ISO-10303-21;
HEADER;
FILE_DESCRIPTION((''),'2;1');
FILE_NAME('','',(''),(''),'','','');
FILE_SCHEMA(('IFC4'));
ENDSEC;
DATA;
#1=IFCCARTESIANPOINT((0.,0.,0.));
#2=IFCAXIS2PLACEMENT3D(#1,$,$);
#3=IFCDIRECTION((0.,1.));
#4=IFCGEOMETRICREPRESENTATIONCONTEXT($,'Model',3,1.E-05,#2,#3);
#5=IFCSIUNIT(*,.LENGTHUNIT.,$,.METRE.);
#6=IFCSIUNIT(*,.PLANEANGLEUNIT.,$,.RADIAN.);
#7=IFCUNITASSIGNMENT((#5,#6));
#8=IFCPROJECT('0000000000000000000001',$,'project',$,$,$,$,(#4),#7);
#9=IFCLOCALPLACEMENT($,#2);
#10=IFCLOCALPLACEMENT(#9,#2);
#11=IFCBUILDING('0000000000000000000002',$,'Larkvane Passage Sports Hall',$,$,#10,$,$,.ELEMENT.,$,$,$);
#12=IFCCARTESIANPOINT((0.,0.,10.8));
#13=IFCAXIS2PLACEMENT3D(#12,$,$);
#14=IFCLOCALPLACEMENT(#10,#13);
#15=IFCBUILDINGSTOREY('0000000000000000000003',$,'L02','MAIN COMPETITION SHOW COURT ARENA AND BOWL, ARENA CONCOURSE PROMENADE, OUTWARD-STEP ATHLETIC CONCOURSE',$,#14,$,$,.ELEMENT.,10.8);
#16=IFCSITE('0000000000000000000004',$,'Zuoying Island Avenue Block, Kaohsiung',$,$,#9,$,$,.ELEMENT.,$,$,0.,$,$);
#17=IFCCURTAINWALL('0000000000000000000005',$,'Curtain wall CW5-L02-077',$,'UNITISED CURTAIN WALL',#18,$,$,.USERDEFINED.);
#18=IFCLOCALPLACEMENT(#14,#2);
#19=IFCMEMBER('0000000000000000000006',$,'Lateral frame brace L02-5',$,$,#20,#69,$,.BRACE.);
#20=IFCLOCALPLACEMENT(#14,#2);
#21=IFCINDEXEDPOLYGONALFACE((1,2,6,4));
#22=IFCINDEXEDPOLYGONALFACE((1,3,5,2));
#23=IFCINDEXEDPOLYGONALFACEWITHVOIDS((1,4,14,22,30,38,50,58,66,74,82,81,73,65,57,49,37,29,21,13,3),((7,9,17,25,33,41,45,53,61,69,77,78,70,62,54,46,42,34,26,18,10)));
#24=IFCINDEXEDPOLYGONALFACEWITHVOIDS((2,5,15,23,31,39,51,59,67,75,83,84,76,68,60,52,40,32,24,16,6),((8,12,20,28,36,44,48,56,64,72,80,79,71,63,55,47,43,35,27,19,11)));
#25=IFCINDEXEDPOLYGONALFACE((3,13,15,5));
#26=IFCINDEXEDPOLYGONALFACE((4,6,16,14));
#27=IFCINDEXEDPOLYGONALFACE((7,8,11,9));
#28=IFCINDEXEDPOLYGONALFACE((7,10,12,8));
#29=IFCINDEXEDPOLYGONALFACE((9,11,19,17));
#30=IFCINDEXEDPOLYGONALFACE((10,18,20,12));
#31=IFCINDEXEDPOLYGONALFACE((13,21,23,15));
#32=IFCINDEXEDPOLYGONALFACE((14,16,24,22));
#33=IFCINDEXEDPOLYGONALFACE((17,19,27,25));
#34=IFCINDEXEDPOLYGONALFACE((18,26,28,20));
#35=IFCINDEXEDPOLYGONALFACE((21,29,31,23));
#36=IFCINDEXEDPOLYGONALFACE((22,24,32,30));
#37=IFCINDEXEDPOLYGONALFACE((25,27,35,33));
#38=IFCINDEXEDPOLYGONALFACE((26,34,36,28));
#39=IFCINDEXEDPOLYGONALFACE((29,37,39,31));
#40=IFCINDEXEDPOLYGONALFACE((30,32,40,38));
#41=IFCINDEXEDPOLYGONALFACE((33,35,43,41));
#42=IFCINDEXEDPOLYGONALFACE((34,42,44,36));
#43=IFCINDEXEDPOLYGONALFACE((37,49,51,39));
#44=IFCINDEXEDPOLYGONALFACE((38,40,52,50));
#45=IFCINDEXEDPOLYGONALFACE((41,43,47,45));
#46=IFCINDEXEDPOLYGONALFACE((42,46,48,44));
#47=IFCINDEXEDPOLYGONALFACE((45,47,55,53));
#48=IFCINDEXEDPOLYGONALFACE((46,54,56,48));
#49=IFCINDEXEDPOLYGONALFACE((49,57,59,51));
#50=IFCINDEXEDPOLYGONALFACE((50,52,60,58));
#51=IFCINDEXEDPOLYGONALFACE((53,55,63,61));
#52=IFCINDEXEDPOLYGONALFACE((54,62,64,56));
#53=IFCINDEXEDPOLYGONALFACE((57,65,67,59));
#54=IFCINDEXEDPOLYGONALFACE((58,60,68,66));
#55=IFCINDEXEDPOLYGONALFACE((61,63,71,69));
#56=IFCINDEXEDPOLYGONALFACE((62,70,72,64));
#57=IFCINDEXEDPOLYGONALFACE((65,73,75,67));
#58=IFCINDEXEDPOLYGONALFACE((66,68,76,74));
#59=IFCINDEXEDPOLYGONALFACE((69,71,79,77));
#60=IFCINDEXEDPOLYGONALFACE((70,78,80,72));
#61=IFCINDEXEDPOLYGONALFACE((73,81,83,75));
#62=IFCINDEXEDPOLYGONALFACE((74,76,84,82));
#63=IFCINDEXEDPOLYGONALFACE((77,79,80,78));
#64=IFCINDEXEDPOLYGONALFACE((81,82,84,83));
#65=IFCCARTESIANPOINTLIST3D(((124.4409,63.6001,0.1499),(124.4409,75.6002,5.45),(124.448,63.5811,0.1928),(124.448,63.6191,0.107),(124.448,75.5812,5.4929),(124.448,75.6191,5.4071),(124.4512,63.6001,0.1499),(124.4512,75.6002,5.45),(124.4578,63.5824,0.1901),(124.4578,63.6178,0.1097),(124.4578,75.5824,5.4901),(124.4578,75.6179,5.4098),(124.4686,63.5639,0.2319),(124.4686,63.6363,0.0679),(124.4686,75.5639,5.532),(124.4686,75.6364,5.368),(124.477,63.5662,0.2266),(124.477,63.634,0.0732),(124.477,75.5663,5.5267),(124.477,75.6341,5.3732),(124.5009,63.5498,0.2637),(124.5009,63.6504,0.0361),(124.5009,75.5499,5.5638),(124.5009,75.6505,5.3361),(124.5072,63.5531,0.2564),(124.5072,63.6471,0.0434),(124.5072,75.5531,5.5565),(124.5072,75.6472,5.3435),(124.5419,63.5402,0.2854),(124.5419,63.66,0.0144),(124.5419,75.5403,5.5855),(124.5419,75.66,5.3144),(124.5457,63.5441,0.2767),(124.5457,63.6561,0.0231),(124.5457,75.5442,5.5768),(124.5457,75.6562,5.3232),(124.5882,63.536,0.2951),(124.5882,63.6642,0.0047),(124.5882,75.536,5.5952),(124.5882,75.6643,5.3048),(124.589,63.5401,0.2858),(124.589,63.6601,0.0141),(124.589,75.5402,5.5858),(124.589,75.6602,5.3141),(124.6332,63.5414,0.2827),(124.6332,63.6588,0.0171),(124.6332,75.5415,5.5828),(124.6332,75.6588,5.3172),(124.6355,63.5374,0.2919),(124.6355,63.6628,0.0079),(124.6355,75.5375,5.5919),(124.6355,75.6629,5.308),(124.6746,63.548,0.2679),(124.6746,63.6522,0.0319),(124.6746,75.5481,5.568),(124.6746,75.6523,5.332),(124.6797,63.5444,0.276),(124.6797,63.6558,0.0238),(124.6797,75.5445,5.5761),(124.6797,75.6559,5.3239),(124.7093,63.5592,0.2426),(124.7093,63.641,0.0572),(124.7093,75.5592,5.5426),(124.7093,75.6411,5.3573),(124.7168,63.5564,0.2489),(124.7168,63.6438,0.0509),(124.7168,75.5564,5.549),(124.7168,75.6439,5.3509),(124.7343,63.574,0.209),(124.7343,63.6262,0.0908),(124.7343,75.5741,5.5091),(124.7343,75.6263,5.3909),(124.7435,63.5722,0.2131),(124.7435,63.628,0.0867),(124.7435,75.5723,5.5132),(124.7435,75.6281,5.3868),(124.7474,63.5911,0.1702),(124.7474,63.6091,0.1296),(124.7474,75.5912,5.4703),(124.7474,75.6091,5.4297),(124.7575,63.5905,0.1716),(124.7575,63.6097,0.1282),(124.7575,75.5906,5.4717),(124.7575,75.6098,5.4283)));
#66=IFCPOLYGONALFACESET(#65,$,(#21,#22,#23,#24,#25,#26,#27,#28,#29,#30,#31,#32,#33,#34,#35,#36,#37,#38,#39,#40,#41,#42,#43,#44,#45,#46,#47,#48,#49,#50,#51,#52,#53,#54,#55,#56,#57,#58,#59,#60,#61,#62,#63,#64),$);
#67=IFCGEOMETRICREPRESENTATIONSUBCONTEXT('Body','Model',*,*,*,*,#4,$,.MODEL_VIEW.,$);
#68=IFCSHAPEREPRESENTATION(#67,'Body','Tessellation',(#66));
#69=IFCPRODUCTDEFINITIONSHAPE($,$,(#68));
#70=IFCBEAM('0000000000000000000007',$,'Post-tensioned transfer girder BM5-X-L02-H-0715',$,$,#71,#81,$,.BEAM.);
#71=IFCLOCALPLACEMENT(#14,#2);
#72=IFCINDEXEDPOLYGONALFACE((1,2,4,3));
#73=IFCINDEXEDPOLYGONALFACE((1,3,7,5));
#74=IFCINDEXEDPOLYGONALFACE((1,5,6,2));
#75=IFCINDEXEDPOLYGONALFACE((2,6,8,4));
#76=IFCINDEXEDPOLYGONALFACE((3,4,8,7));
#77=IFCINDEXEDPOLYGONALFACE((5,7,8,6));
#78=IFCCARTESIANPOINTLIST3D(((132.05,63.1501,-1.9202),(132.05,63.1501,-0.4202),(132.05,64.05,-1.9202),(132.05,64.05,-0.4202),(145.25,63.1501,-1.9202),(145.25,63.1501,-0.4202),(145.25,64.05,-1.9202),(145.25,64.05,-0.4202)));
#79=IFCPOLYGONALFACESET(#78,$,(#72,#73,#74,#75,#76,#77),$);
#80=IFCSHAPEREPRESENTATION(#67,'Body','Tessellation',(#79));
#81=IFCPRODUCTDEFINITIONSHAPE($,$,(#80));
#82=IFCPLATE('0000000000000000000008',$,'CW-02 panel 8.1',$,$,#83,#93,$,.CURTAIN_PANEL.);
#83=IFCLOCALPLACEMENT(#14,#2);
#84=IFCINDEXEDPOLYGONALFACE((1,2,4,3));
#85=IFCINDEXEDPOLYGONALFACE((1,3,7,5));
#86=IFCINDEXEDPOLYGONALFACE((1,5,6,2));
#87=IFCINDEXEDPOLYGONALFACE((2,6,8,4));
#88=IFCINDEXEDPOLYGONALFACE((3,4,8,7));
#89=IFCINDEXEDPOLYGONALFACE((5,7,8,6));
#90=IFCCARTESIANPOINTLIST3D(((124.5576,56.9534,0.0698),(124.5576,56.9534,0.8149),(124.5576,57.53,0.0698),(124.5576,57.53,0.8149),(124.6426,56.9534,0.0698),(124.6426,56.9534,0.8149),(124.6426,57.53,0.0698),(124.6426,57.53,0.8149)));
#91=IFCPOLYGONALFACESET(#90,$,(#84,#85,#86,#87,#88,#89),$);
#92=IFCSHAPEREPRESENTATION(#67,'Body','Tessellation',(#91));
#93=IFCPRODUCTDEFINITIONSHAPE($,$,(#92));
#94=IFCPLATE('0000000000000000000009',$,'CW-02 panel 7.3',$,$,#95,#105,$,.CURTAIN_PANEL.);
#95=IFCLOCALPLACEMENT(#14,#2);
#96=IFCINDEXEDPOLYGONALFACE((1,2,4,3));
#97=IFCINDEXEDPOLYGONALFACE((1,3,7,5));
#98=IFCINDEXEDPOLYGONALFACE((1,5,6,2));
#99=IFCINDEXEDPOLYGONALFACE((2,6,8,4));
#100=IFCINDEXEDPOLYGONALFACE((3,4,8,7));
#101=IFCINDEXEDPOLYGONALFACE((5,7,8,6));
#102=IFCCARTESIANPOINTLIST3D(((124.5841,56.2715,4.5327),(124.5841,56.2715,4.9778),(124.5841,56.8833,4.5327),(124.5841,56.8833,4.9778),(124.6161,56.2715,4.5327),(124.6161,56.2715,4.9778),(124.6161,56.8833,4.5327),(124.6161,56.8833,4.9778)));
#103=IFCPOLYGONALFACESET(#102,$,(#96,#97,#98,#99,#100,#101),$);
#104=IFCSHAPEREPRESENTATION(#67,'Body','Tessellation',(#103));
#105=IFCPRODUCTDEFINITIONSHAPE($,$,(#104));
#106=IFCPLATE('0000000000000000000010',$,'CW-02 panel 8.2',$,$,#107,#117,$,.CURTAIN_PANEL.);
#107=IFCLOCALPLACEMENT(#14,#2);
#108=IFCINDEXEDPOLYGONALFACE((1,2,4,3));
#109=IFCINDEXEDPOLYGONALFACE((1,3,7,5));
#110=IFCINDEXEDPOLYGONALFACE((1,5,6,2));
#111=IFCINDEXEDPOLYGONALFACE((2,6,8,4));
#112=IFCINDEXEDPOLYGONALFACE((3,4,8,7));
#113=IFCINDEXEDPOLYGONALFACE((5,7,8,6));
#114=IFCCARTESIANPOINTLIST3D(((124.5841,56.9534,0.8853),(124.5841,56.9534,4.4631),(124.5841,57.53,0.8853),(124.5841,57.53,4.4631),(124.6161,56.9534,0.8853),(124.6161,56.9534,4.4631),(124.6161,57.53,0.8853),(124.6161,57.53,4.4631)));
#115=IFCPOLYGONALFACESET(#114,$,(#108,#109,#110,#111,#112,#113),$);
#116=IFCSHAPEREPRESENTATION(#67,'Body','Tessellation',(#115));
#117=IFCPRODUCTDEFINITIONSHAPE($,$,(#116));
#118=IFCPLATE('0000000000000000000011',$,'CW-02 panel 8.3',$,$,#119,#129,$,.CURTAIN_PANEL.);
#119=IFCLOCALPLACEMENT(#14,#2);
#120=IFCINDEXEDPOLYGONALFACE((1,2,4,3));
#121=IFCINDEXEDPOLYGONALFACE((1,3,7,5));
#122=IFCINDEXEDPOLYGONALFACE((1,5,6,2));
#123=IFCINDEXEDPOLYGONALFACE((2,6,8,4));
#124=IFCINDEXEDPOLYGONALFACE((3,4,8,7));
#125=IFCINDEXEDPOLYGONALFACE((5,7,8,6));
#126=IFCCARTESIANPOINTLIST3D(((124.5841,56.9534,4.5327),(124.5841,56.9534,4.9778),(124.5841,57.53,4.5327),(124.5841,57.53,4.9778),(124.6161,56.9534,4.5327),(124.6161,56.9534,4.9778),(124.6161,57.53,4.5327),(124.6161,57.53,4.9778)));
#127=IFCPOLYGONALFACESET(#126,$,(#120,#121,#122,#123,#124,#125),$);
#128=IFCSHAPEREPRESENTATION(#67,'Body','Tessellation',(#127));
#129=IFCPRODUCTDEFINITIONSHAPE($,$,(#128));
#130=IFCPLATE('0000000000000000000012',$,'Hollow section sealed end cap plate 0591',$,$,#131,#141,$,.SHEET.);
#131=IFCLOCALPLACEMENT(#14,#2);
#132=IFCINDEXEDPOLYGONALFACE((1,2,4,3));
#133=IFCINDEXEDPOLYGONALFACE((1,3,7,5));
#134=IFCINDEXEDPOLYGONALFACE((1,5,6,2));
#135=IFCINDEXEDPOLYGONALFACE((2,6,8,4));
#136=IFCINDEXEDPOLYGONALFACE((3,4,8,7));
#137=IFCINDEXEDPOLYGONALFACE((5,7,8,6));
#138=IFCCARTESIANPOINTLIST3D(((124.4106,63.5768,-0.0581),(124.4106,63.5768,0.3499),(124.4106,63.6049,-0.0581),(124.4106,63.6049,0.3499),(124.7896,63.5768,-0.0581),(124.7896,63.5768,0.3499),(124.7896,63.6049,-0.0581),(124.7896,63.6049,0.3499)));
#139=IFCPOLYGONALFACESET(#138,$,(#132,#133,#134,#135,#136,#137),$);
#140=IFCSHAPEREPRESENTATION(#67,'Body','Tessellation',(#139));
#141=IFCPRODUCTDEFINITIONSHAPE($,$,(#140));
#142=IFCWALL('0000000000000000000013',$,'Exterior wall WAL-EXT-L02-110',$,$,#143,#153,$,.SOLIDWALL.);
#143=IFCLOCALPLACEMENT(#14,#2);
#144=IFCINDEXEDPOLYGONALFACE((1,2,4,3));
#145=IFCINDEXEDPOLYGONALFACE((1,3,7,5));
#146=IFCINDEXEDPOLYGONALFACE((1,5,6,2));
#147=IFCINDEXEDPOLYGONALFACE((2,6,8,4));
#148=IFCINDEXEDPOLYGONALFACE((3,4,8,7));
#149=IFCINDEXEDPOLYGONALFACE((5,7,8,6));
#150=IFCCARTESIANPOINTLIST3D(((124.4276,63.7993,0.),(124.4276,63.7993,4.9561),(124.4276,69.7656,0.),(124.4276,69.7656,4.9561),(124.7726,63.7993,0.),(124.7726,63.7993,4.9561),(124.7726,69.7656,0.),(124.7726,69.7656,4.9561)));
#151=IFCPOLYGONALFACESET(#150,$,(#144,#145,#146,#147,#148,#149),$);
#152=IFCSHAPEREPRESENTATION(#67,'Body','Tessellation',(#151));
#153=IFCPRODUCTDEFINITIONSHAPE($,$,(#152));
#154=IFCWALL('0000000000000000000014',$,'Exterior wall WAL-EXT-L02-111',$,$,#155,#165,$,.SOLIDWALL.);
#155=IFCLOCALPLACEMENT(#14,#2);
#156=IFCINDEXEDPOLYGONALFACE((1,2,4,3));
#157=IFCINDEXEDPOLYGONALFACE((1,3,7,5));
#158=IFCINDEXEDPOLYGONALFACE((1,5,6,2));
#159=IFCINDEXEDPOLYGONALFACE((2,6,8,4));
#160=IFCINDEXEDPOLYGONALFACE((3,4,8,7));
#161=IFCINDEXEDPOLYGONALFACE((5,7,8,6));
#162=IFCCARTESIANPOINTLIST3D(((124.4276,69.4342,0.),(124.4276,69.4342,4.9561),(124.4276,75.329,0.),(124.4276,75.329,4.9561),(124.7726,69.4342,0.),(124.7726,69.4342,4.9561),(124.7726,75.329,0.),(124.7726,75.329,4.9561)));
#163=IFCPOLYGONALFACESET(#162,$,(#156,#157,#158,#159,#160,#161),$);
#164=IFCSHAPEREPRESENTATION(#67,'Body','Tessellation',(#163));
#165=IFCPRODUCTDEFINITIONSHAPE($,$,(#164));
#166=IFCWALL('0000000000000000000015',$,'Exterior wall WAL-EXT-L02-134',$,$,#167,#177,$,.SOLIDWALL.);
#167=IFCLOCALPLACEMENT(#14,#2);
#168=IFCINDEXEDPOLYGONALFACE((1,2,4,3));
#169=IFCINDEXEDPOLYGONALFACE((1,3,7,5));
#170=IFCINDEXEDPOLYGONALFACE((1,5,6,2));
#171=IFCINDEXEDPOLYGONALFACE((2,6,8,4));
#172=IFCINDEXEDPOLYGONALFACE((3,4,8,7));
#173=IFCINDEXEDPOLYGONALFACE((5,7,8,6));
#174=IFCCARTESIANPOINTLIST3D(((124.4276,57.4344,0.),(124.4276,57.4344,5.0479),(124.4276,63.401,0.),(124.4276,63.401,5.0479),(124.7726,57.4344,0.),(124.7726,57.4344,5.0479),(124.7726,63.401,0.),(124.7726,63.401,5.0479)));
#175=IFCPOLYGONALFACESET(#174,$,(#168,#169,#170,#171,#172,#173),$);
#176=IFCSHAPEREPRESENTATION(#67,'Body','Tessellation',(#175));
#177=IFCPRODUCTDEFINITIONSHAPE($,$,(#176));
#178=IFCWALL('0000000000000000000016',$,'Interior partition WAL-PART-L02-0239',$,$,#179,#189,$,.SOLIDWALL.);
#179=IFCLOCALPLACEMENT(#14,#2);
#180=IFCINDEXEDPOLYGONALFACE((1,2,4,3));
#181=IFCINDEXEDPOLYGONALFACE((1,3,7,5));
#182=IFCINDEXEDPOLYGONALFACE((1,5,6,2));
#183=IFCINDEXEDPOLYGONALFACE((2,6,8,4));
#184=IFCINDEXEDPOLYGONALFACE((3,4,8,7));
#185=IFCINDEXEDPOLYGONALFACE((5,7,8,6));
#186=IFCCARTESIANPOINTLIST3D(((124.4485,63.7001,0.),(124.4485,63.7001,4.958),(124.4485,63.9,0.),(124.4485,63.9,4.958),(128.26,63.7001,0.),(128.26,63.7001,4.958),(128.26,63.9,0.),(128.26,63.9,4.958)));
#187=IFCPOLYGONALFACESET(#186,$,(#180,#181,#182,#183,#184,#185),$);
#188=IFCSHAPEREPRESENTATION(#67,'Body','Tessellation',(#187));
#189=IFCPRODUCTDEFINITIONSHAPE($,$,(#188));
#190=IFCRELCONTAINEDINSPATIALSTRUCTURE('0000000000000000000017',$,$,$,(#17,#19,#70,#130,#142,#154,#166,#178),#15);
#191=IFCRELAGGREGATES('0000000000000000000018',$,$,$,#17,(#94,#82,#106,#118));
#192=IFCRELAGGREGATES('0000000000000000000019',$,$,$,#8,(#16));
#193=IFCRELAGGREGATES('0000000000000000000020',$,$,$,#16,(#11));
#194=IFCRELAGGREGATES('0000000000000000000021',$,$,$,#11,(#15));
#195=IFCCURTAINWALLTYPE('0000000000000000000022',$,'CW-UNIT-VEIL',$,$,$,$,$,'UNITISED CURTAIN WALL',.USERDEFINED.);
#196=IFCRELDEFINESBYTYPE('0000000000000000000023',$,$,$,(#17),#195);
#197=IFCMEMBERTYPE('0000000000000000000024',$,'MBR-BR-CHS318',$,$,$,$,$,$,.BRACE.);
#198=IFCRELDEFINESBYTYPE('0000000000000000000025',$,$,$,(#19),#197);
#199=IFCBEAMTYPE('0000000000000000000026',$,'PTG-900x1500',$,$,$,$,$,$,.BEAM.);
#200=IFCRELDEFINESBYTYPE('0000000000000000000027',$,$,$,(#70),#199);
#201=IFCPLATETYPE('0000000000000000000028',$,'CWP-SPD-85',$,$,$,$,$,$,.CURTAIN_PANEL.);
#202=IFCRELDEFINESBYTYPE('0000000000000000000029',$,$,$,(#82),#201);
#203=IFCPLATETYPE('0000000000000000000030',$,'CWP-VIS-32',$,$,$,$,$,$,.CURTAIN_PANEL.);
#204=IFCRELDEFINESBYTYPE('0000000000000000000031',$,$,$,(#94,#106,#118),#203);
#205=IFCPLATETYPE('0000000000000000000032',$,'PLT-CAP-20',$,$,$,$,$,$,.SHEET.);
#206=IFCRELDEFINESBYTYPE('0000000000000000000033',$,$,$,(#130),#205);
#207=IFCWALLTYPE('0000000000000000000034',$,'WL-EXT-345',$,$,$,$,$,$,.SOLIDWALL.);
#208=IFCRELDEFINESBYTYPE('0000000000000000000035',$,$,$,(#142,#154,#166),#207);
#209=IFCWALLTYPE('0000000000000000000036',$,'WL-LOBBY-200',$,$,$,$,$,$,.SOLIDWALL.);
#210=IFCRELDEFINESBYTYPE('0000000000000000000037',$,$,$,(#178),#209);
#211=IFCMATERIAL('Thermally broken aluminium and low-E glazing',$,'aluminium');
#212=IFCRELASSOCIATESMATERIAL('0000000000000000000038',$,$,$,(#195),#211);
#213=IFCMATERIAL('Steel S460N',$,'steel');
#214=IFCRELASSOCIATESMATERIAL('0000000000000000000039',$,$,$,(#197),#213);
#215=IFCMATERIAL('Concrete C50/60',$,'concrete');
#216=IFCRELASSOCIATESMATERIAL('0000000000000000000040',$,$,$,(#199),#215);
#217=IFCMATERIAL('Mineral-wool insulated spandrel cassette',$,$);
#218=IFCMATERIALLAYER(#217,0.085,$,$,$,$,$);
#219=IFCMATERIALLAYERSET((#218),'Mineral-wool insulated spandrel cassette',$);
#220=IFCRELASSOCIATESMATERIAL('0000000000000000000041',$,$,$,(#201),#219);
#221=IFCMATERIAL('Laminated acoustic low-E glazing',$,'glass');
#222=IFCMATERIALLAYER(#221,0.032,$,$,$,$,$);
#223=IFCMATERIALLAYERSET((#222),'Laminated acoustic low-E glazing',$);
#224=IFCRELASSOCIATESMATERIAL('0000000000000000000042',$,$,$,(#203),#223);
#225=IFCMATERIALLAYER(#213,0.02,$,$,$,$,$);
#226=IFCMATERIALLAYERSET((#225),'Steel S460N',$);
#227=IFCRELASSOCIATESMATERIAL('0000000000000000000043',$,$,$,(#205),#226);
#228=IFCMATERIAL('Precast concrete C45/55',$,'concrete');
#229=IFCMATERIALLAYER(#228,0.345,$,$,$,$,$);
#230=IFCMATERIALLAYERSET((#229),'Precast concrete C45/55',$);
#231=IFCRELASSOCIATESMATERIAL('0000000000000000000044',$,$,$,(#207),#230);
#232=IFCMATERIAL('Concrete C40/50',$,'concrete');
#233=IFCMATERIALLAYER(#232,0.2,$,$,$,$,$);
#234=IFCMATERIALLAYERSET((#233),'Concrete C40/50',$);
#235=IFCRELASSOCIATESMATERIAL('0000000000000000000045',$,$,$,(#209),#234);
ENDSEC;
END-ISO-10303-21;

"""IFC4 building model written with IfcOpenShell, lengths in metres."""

from ifc_helpers import new_model, si_unit, direction, frame, frame_2d, origin, origin_2d, place, context, subcontext, project, spatial, rectangle, hollow_circle, extrude, material, layer, layer_set, material_profile, profile_set, type_object, element, aggregate, save


model = new_model("IFC4")

# Units and contexts
model_context = context("Model", 3, precision=1e-05, world=origin(), true_north=direction((0.0, 1.0)))
body_context = subcontext(model_context, "Body", "Model", "MODEL_VIEW")
ifc_project = project(units=[si_unit("LENGTHUNIT", "METRE"), si_unit("PLANEANGLEUNIT", "RADIAN")], contexts=[model_context])

# Site, building, storey
site_placement = place(None, origin())
site = spatial("IfcSite", under=ifc_project, at=site_placement, Name="Zuoying Island Avenue Block, Kaohsiung", CompositionType="ELEMENT", RefElevation=0.0)
building_placement = place(site_placement, origin())
building = spatial("IfcBuilding", under=site, at=building_placement, Name="Larkvane Passage Sports Hall", CompositionType="ELEMENT")
storey_placement = place(building_placement, frame((0.0, 0.0, 10.8)))
storey = spatial("IfcBuildingStorey", under=building, at=storey_placement, Name="L02", Description="MAIN COMPETITION SHOW COURT ARENA AND BOWL, ARENA CONCOURSE PROMENADE, OUTWARD-STEP ATHLETIC CONCOURSE", CompositionType="ELEMENT", Elevation=10.8)

# Shared definitions
ifc_material_1 = material(Name="Steel S460N", Category="steel")

# Curtain wall
ifc_material_2 = material(Name="Thermally broken aluminium and low-E glazing", Category="aluminium")
curtain_wall_type = type_object("IfcCurtainWallType", Name="CW-UNIT-VEIL", ElementType="UNITISED CURTAIN WALL", PredefinedType="USERDEFINED", material=ifc_material_2)
curtain_wall_placement = place(storey_placement, origin())
curtain_wall = element("IfcCurtainWall", 1, at=curtain_wall_placement, inside=storey, type_object=curtain_wall_type, Name="Curtain wall CW5-L02-077", ObjectType="UNITISED CURTAIN WALL", PredefinedType="USERDEFINED")

# Member
ifc_material_profile_1 = material_profile(ifc_material_1, hollow_circle(Radius=0.1592, WallThickness=0.0103, at=origin_2d()), Name="CHS-318.5x10.3")
ifc_profile_set_1 = profile_set([ifc_material_profile_1], Name="Steel S460N")
member_type_1 = type_object("IfcMemberType", Name="MBR-BR-CHS318", PredefinedType="BRACE", material=ifc_profile_set_1)
member_1_placement = place(storey_placement, frame((124.6001, 63.6001, 0.1499), z_axis=(0.0, 0.914751, 0.404019), x_axis=(-1.0, 0.0, 0.0)))
element("IfcMember", 2, at=member_1_placement, inside=storey, type_object=member_type_1, Name="Lateral frame brace L02-5", PredefinedType="BRACE", context=body_context, shape_type="SweptSolid", body=[
    extrude(hollow_circle(Radius=0.1592, WallThickness=0.0103, at=origin_2d()), origin(), (0.0, 0.0, 1.0), 13.1184),
])

# Beam
ifc_material_3 = material(Name="Concrete C50/60", Category="concrete")
ifc_material_profile_2 = material_profile(ifc_material_3, rectangle(XDim=0.8999, YDim=1.5, at=origin_2d()), Name="PT-GIR-900x1500")
ifc_profile_set_2 = profile_set([ifc_material_profile_2], Name="Concrete C50/60")
beam_type_1 = type_object("IfcBeamType", Name="PTG-900x1500", PredefinedType="BEAM", material=ifc_profile_set_2)
beam_1_placement = place(storey_placement, frame((132.05, 63.6001, -1.1702), z_axis=(1.0, 0.0, 0.0), x_axis=(0.0, 1.0, 0.0)))
element("IfcBeam", 3, at=beam_1_placement, inside=storey, type_object=beam_type_1, Name="Post-tensioned transfer girder BM5-X-L02-H-0715", PredefinedType="BEAM", context=body_context, shape_type="SweptSolid", body=[
    extrude(rectangle(XDim=0.8999, YDim=1.5, at=origin_2d()), origin(), (0.0, 0.0, 1.0), 13.2),
])

# Plates
ifc_material_4 = material(Name="Mineral-wool insulated spandrel cassette")
ifc_layer_1 = layer(ifc_material_4, 0.085)
ifc_layer_set_1 = layer_set([ifc_layer_1], Name="Mineral-wool insulated spandrel cassette")
plate_type_1 = type_object("IfcPlateType", Name="CWP-SPD-85", PredefinedType="CURTAIN_PANEL", material=ifc_layer_set_1)
plate_1_placement = place(storey_placement, frame((124.6001, 57.2417, 0.0698), z_axis=(0.0, 0.0, 1.0), x_axis=(0.0, 1.0, 0.0)))
plate_1 = element("IfcPlate", 4, at=plate_1_placement, type_object=plate_type_1, Name="CW-02 panel 8.1", PredefinedType="CURTAIN_PANEL", context=body_context, shape_type="SweptSolid", body=[
    extrude(rectangle(XDim=0.5767, YDim=0.085, at=origin_2d()), origin(), (0.0, 0.0, 1.0), 0.7451),
])
ifc_material_5 = material(Name="Laminated acoustic low-E glazing", Category="glass")
ifc_layer_2 = layer(ifc_material_5, 0.032)
ifc_layer_set_2 = layer_set([ifc_layer_2], Name="Laminated acoustic low-E glazing")
plate_type_2 = type_object("IfcPlateType", Name="CWP-VIS-32", PredefinedType="CURTAIN_PANEL", material=ifc_layer_set_2)
plate_2_placement = place(storey_placement, frame((124.6001, 56.5774, 4.5327), z_axis=(0.0, 0.0, 1.0), x_axis=(0.0, 1.0, 0.0)))
plate_2 = element("IfcPlate", 5, at=plate_2_placement, type_object=plate_type_2, Name="CW-02 panel 7.3", PredefinedType="CURTAIN_PANEL", context=body_context, shape_type="SweptSolid", body=[
    extrude(rectangle(XDim=0.6118, YDim=0.032, at=origin_2d()), origin(), (0.0, 0.0, 1.0), 0.4451),
])
plate_3_placement = place(storey_placement, frame((124.6001, 57.2417, 0.8853), z_axis=(0.0, 0.0, 1.0), x_axis=(0.0, 1.0, 0.0)))
plate_3 = element("IfcPlate", 6, at=plate_3_placement, type_object=plate_type_2, Name="CW-02 panel 8.2", PredefinedType="CURTAIN_PANEL", context=body_context, shape_type="SweptSolid", body=[
    extrude(rectangle(XDim=0.5767, YDim=0.032, at=origin_2d()), origin(), (0.0, 0.0, 1.0), 3.5779),
])
plate_4_placement = place(storey_placement, frame((124.6001, 57.2417, 4.5327), z_axis=(0.0, 0.0, 1.0), x_axis=(0.0, 1.0, 0.0)))
plate_4 = element("IfcPlate", 7, at=plate_4_placement, type_object=plate_type_2, Name="CW-02 panel 8.3", PredefinedType="CURTAIN_PANEL", context=body_context, shape_type="SweptSolid", body=[
    extrude(rectangle(XDim=0.5767, YDim=0.032, at=origin_2d()), origin(), (0.0, 0.0, 1.0), 0.4451),
])
aggregate(curtain_wall, [plate_2, plate_1, plate_3, plate_4])
ifc_layer_3 = layer(ifc_material_1, 0.02)
ifc_layer_set_3 = layer_set([ifc_layer_3], Name="Steel S460N")
plate_type_3 = type_object("IfcPlateType", Name="PLT-CAP-20", PredefinedType="SHEET", material=ifc_layer_set_3)
plate_5_placement = place(storey_placement, frame((124.6001, 63.5908, -0.0581), z_axis=(0.0, 0.0, 1.0), x_axis=(-1.0, 0.0, 0.0)))
element("IfcPlate", 8, at=plate_5_placement, inside=storey, type_object=plate_type_3, Name="Hollow section sealed end cap plate 0591", PredefinedType="SHEET", context=body_context, shape_type="SweptSolid", body=[
    extrude(rectangle(XDim=0.3789, YDim=0.0281, at=origin_2d()), origin(), (0.0, 0.0, 1.0), 0.408),
])

# Walls
ifc_material_6 = material(Name="Precast concrete C45/55", Category="concrete")
ifc_layer_4 = layer(ifc_material_6, 0.345)
ifc_layer_set_4 = layer_set([ifc_layer_4], Name="Precast concrete C45/55")
wall_type_1 = type_object("IfcWallType", Name="WL-EXT-345", PredefinedType="SOLIDWALL", material=ifc_layer_set_4)
wall_1_placement = place(storey_placement, frame((124.6001, 63.7993, 0.0), z_axis=(0.0, 0.0, 1.0), x_axis=(0.0, 1.0, 0.0)))
element("IfcWall", 9, at=wall_1_placement, inside=storey, type_object=wall_type_1, Name="Exterior wall WAL-EXT-L02-110", PredefinedType="SOLIDWALL", context=body_context, shape_type="SweptSolid", body=[
    extrude(rectangle(XDim=5.9663, YDim=0.345, at=frame_2d((2.9832, 0.0))), origin(), (0.0, 0.0, 1.0), 4.9561),
])
wall_2_placement = place(storey_placement, frame((124.6001, 69.4343, 0.0), z_axis=(0.0, 0.0, 1.0), x_axis=(0.0, 1.0, 0.0)))
element("IfcWall", 10, at=wall_2_placement, inside=storey, type_object=wall_type_1, Name="Exterior wall WAL-EXT-L02-111", PredefinedType="SOLIDWALL", context=body_context, shape_type="SweptSolid", body=[
    extrude(rectangle(XDim=5.8948, YDim=0.345, at=frame_2d((2.9473, 0.0))), origin(), (0.0, 0.0, 1.0), 4.9561),
])
wall_3_placement = place(storey_placement, frame((124.6001, 57.4343, 0.0), z_axis=(0.0, 0.0, 1.0), x_axis=(0.0, 1.0, 0.0)))
element("IfcWall", 11, at=wall_3_placement, inside=storey, type_object=wall_type_1, Name="Exterior wall WAL-EXT-L02-134", PredefinedType="SOLIDWALL", context=body_context, shape_type="SweptSolid", body=[
    extrude(rectangle(XDim=5.9666, YDim=0.345, at=frame_2d((2.9834, 0.0))), origin(), (0.0, 0.0, 1.0), 5.0479),
])
ifc_material_7 = material(Name="Concrete C40/50", Category="concrete")
ifc_layer_5 = layer(ifc_material_7, 0.2)
ifc_layer_set_5 = layer_set([ifc_layer_5], Name="Concrete C40/50")
wall_type_2 = type_object("IfcWallType", Name="WL-LOBBY-200", PredefinedType="SOLIDWALL", material=ifc_layer_set_5)
wall_4_placement = place(storey_placement, frame((128.26, 63.8, 0.0), z_axis=(0.0, 0.0, 1.0), x_axis=(-1.0, 0.0, 0.0)))
element("IfcWall", 12, at=wall_4_placement, inside=storey, type_object=wall_type_2, Name="Interior partition WAL-PART-L02-0239", PredefinedType="SOLIDWALL", context=body_context, shape_type="SweptSolid", body=[
    extrude(rectangle(XDim=3.8115, YDim=0.2, at=frame_2d((1.9058, 0.0))), origin(), (0.0, 0.0, 1.0), 4.958),
])

save(model, "model.ifc")
